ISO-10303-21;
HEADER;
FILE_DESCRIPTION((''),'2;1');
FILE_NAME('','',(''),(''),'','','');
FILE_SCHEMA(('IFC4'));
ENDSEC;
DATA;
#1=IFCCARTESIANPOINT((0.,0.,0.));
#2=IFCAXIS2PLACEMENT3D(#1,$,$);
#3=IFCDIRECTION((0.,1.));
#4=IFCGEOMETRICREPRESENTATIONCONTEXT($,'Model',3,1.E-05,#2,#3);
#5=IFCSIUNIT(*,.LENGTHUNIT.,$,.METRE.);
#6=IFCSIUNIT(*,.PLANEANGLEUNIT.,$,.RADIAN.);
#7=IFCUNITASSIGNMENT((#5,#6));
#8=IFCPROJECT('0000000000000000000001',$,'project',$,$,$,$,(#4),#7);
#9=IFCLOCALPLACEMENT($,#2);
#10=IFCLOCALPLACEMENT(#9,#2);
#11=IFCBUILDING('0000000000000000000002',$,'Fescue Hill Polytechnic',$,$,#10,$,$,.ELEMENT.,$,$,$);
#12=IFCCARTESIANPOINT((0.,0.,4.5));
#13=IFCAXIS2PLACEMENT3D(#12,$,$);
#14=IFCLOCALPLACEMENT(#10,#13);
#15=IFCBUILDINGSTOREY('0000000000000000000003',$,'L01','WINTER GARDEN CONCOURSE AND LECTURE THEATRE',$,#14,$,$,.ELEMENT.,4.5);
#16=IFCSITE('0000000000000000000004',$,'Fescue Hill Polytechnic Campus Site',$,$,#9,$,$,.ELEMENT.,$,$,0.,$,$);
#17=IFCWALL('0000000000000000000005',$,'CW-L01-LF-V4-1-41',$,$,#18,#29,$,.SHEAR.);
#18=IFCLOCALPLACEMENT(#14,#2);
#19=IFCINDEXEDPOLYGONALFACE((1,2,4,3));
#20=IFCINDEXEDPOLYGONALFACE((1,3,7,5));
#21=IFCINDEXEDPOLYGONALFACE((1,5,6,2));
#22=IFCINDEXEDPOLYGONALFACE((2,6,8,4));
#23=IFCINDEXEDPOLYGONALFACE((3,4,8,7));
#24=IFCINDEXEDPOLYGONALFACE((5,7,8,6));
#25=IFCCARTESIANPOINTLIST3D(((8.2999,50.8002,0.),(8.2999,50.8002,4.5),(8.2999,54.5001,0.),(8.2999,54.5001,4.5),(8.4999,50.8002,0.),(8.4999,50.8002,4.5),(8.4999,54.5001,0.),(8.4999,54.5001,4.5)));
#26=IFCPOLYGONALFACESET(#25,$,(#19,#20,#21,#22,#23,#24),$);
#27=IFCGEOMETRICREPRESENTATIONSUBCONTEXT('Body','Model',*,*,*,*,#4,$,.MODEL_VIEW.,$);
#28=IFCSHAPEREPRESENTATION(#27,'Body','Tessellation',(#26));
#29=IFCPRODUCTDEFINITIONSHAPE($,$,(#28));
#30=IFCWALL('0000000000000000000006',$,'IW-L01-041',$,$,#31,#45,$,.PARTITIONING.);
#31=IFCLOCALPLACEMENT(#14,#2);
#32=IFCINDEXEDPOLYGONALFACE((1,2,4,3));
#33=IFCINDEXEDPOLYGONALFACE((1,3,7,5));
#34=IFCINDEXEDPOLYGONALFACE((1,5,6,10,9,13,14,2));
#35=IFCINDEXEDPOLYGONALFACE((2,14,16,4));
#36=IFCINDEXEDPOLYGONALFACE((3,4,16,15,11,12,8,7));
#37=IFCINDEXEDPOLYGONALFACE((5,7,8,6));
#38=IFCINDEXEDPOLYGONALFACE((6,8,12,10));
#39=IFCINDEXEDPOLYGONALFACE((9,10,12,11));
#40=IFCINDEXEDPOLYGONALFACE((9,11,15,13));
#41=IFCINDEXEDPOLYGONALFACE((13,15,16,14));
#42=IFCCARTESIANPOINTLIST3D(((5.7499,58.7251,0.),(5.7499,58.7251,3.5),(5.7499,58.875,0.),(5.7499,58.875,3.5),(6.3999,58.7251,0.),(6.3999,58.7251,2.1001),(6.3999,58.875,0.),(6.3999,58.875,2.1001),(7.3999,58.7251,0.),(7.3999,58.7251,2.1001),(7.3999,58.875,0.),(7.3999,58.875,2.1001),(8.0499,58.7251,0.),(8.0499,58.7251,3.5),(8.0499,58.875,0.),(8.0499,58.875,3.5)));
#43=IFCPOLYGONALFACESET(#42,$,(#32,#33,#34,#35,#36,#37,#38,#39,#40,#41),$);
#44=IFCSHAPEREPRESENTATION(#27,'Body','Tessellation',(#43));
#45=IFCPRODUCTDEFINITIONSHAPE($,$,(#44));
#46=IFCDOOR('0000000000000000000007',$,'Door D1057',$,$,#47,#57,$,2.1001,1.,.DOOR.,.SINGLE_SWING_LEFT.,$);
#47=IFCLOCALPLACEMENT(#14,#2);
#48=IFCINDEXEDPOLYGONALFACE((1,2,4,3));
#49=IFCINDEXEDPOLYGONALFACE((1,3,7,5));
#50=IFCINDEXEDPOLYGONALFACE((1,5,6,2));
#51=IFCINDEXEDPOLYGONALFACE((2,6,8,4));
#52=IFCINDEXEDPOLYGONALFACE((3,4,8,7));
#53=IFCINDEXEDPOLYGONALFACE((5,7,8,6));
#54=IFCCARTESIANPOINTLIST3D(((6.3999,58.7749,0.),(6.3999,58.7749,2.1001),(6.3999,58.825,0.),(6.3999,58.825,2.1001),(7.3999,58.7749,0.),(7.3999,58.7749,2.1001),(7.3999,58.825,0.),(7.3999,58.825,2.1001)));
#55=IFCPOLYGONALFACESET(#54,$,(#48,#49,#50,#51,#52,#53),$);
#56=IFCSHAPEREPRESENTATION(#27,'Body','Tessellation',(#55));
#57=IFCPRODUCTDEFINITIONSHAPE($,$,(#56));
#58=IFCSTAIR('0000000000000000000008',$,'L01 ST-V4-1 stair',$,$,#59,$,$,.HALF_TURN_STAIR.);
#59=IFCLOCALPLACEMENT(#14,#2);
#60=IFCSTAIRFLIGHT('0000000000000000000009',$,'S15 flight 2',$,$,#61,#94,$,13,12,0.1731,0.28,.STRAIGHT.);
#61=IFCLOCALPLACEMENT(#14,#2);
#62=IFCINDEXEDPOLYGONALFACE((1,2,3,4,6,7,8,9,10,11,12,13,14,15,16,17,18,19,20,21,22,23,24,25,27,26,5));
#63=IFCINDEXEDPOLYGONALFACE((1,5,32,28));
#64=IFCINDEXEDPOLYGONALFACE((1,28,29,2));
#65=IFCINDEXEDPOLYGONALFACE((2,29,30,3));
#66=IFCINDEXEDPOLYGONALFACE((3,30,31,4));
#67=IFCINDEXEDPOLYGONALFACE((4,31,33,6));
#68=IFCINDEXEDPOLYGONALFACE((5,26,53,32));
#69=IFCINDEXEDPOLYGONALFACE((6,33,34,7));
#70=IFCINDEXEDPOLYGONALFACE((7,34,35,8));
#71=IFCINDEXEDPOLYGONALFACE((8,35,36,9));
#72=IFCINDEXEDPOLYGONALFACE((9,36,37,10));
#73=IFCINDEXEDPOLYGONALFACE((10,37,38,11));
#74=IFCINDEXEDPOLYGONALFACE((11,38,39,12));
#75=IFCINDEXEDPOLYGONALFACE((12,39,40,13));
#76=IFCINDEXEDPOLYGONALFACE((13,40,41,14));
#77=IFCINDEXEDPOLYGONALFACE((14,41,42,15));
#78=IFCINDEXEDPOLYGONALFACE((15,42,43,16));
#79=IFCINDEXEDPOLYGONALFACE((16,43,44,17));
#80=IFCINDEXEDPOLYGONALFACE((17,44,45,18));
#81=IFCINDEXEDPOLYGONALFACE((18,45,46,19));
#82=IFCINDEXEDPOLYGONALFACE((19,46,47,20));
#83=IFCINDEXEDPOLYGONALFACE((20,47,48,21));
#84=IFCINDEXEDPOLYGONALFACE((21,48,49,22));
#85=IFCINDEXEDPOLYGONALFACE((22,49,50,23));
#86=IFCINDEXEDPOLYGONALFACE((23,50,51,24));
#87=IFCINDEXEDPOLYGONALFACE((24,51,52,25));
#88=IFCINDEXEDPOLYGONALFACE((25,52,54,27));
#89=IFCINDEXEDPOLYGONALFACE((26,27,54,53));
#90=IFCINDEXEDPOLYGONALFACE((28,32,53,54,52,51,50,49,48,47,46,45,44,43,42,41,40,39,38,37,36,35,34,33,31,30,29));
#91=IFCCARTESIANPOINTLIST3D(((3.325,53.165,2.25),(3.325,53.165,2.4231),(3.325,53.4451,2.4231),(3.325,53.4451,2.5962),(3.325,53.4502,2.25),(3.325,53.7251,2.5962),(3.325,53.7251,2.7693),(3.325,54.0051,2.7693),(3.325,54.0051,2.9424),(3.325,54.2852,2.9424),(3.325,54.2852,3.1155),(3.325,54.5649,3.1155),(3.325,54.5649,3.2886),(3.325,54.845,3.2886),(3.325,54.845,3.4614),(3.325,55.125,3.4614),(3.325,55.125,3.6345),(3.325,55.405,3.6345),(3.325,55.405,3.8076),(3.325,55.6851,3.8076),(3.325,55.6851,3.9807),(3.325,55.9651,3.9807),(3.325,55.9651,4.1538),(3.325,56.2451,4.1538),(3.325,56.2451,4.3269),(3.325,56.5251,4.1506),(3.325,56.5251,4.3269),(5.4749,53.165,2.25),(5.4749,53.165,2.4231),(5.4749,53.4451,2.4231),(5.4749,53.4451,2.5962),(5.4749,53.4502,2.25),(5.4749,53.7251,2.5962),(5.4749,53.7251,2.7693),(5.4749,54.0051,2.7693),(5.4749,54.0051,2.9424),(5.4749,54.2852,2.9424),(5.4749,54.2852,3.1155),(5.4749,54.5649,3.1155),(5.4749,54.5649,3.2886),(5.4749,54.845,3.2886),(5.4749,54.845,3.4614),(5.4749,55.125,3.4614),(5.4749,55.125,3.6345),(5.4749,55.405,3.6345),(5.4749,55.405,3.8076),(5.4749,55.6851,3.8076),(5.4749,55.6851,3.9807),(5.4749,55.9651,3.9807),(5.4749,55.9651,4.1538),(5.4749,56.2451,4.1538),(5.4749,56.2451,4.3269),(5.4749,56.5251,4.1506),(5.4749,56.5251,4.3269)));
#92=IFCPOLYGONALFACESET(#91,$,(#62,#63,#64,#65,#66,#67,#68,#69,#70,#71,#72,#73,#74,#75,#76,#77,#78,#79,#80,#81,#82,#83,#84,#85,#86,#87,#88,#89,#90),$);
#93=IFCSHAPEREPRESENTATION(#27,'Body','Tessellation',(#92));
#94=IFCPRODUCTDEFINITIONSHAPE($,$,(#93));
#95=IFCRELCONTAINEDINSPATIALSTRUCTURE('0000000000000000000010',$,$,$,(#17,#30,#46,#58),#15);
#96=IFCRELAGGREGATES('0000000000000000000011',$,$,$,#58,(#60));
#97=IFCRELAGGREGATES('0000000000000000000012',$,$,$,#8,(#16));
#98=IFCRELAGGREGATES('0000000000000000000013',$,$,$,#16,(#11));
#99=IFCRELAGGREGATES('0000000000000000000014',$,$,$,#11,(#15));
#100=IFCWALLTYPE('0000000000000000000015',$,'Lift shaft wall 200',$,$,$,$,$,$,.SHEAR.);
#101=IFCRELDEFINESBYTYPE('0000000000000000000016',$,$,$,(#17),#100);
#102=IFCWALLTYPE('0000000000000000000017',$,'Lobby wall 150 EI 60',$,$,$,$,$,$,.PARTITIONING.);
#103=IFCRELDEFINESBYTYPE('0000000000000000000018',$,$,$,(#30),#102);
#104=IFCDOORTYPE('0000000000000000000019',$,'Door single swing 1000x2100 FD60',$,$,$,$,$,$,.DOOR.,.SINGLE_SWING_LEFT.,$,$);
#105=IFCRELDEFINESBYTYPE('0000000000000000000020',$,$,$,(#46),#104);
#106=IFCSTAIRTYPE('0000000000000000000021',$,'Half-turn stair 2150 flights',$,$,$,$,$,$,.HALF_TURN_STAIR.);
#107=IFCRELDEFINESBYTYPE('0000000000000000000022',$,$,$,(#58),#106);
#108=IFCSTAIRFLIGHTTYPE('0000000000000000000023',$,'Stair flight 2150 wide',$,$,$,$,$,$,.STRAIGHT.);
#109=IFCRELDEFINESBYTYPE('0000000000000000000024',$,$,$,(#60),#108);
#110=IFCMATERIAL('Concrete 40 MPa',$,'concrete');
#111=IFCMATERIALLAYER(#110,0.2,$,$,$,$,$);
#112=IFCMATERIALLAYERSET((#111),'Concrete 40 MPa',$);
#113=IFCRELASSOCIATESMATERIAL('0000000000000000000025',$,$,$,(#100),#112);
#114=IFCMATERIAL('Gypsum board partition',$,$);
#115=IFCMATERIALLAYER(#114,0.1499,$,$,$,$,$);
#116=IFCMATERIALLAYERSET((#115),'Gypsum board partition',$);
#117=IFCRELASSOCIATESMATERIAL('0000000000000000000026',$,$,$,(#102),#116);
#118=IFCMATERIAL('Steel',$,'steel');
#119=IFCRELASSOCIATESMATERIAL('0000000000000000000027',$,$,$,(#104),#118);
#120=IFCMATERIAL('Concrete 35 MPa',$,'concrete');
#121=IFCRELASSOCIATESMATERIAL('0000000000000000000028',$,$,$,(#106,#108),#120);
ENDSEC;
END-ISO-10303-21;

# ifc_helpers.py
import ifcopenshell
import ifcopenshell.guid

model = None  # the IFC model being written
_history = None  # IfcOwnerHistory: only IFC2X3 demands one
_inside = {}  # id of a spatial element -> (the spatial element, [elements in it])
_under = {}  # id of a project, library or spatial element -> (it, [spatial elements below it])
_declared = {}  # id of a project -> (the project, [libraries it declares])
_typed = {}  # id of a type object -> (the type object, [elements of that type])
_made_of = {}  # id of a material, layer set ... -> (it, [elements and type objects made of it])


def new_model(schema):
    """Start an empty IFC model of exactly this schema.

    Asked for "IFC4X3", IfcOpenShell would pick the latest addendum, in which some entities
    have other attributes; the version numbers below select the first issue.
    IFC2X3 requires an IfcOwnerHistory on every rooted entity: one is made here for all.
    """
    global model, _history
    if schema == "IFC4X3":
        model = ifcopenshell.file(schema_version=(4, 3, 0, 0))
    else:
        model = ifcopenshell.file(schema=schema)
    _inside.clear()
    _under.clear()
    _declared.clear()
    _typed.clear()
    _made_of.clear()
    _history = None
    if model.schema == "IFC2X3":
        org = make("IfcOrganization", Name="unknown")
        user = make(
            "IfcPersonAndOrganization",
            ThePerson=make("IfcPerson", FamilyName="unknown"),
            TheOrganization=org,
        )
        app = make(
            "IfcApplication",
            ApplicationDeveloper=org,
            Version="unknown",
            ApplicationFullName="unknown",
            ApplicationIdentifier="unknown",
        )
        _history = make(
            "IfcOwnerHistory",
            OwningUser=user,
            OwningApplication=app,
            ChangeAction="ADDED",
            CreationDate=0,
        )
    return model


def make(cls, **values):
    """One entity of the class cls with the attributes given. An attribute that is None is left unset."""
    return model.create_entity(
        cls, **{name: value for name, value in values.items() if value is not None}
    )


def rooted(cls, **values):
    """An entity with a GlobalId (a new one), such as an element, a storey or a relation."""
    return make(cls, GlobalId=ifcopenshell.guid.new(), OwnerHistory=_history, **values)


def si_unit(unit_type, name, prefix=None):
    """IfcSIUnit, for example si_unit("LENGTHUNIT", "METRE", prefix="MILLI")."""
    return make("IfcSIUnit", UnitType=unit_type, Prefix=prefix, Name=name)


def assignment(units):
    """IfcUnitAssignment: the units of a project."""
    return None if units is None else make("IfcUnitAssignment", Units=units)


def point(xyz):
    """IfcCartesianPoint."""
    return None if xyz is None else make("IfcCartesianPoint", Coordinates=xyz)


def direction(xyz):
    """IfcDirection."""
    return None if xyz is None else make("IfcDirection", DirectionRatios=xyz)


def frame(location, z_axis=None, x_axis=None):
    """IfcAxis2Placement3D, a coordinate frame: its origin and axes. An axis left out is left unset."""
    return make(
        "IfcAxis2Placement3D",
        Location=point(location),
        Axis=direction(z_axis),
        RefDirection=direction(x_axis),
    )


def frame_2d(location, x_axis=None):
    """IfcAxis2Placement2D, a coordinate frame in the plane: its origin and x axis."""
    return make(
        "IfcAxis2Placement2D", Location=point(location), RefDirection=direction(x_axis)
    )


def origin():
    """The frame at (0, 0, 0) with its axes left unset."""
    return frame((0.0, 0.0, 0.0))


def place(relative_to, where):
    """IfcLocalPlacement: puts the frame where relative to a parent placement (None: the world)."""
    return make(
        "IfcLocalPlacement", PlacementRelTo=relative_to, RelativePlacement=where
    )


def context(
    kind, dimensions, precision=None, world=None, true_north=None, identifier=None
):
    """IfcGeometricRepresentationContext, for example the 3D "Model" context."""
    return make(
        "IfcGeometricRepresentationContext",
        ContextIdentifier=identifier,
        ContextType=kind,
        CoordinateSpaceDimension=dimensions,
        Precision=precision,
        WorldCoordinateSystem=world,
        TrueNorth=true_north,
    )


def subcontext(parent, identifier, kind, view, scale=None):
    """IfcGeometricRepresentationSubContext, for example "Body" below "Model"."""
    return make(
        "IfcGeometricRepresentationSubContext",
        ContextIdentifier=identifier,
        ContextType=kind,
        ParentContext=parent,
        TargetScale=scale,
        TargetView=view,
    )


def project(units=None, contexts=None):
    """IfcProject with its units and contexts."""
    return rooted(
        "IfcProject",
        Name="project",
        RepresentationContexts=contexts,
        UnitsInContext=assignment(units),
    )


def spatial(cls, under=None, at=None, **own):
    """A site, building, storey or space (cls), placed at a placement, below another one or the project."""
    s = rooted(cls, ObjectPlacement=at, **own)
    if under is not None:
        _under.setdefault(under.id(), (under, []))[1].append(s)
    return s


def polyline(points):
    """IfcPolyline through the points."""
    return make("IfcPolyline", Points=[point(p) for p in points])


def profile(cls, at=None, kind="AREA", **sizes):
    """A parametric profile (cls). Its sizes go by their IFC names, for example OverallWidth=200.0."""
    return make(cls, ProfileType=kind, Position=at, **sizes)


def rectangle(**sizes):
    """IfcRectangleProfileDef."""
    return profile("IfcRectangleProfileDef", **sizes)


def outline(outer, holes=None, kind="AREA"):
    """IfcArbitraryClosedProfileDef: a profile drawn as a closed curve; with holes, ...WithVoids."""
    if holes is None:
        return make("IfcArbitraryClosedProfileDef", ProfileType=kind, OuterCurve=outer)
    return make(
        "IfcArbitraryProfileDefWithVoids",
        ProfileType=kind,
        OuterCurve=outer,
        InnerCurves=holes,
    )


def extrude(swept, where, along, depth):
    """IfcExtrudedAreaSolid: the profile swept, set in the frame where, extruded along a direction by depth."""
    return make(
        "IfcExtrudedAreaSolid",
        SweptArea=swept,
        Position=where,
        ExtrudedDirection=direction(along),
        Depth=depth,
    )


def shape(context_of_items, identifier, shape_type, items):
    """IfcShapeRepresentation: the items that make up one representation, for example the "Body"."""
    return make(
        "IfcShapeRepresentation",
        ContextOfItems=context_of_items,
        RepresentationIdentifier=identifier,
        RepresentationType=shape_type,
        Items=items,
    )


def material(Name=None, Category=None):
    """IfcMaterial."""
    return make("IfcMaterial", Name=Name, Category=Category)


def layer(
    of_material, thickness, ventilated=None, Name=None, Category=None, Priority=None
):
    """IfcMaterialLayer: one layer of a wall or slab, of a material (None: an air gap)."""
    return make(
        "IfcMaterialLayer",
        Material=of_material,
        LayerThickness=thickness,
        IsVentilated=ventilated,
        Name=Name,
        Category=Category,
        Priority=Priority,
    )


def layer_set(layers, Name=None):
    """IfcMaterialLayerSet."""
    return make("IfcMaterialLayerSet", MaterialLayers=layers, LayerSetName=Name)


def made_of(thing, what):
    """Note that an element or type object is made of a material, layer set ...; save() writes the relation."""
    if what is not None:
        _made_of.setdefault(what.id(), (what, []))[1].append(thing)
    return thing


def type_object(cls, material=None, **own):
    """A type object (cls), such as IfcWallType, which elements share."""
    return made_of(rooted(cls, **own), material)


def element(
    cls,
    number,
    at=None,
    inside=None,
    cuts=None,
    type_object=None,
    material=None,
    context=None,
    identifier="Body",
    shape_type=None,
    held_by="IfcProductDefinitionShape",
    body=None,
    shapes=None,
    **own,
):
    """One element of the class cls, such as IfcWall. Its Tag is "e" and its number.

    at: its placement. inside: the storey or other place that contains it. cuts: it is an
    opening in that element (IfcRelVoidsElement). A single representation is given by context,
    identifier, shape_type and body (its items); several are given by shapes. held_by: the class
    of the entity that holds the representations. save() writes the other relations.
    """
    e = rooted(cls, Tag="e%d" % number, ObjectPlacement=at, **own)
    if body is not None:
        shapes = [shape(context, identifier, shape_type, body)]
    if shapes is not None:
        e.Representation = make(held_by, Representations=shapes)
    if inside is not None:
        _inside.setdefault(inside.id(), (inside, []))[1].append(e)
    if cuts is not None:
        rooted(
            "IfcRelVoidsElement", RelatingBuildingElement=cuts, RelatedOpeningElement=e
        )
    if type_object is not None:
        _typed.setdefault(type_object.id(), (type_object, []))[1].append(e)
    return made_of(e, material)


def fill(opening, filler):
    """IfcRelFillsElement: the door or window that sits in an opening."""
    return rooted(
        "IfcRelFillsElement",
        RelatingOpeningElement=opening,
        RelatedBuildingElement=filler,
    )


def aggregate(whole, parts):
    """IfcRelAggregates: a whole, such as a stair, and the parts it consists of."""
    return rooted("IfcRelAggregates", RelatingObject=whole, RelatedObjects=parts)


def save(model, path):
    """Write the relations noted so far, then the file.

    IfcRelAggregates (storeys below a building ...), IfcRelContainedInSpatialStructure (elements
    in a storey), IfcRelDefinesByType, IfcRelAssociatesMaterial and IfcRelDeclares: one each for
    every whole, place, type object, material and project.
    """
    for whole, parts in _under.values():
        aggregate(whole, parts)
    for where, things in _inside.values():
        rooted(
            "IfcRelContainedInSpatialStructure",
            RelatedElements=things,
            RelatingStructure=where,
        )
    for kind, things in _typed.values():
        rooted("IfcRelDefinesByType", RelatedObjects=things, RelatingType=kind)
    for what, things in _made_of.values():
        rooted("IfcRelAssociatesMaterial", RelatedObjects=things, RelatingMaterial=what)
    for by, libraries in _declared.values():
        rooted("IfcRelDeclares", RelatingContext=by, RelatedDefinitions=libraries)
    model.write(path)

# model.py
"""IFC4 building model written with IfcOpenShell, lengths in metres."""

from ifc_helpers import new_model, si_unit, direction, frame, frame_2d, origin, place, context, subcontext, project, spatial, polyline, rectangle, outline, extrude, material, layer, layer_set, type_object, element, fill, aggregate, save


model = new_model("IFC4")

# Units and contexts
model_context = context("Model", 3, precision=1e-05, world=origin(), true_north=direction((0.0, 1.0)))
body_context = subcontext(model_context, "Body", "Model", "MODEL_VIEW")
ifc_project = project(units=[si_unit("LENGTHUNIT", "METRE"), si_unit("PLANEANGLEUNIT", "RADIAN")], contexts=[model_context])

# Site, building, storey
site_placement = place(None, origin())
site = spatial("IfcSite", under=ifc_project, at=site_placement, Name="Fescue Hill Polytechnic Campus Site", CompositionType="ELEMENT", RefElevation=0.0)
building_placement = place(site_placement, origin())
building = spatial("IfcBuilding", under=site, at=building_placement, Name="Fescue Hill Polytechnic", CompositionType="ELEMENT")
storey_placement = place(building_placement, frame((0.0, 0.0, 4.5)))
storey = spatial("IfcBuildingStorey", under=building, at=storey_placement, Name="L01", Description="WINTER GARDEN CONCOURSE AND LECTURE THEATRE", CompositionType="ELEMENT", Elevation=4.5)

# Shared definitions
ifc_material_1 = material(Name="Concrete 40 MPa", Category="concrete")

# Shared definitions
ifc_layer_1 = layer(ifc_material_1, 0.2)
ifc_layer_set_1 = layer_set([ifc_layer_1], Name="Concrete 40 MPa")
wall_type_1 = type_object("IfcWallType", Name="Lift shaft wall 200", PredefinedType="SHEAR", material=ifc_layer_set_1)

# Wall
wall_1_placement = place(storey_placement, frame((8.3999, 50.8, 0.0), z_axis=(0.0, 0.0, 1.0), x_axis=(0.0, 1.0, 0.0)))
element("IfcWall", 1, at=wall_1_placement, inside=storey, type_object=wall_type_1, Name="CW-L01-LF-V4-1-41", PredefinedType="SHEAR", context=body_context, shape_type="SweptSolid", body=[
    extrude(rectangle(XDim=3.7, YDim=0.2, at=frame_2d((1.8501, 0.0))), origin(), (0.0, 0.0, 1.0), 4.5),
])

# Wall, opening, door
ifc_material_2 = material(Name="Gypsum board partition")
ifc_layer_2 = layer(ifc_material_2, 0.1499)
ifc_layer_set_2 = layer_set([ifc_layer_2], Name="Gypsum board partition")
wall_type_2 = type_object("IfcWallType", Name="Lobby wall 150 EI 60", PredefinedType="PARTITIONING", material=ifc_layer_set_2)
wall_2_placement = place(storey_placement, frame((5.75, 58.8, 0.0), z_axis=(0.0, 0.0, 1.0), x_axis=(1.0, 0.0, 0.0)))
wall_2 = element("IfcWall", 2, at=wall_2_placement, inside=storey, type_object=wall_type_2, Name="IW-L01-041", PredefinedType="PARTITIONING", context=body_context, shape_type="SweptSolid", body=[
    extrude(rectangle(XDim=2.3, YDim=0.1499, at=frame_2d((1.1499, 0.0))), origin(), (0.0, 0.0, 1.0), 3.5),
])
opening_1_placement = place(wall_2_placement, frame((0.6499, 0.0, 0.0)))
opening_1 = element("IfcOpeningElement", 3, at=opening_1_placement, cuts=wall_2, PredefinedType="OPENING", context=body_context, shape_type="SweptSolid", body=[
    extrude(rectangle(XDim=1.0, YDim=2.1001, at=frame_2d((0.5, 1.05))), frame((0.0, 0.085, 0.0), z_axis=(0.0, -1.0, 0.0), x_axis=(1.0, 0.0, 0.0)), (0.0, 0.0, 1.0), 0.1699),
])
ifc_material_3 = material(Name="Steel", Category="steel")
door_type_1 = type_object("IfcDoorType", Name="Door single swing 1000x2100 FD60", OperationType="SINGLE_SWING_LEFT", PredefinedType="DOOR", material=ifc_material_3)
door_1_placement = place(opening_1_placement, origin())
door_1 = element("IfcDoor", 4, at=door_1_placement, inside=storey, type_object=door_type_1, Name="Door D1057", OperationType="SINGLE_SWING_LEFT", OverallHeight=2.1001, OverallWidth=1.0, PredefinedType="DOOR", context=body_context, shape_type="SweptSolid", body=[
    extrude(rectangle(XDim=1.0, YDim=2.1001, at=frame_2d((0.5, 1.05))), frame((0.0, 0.0249, 0.0), z_axis=(0.0, -1.0, 0.0), x_axis=(1.0, 0.0, 0.0)), (0.0, 0.0, 1.0), 0.05),
])
fill(opening_1, door_1)

# Stair, stair flight
ifc_material_4 = material(Name="Concrete 35 MPa", Category="concrete")
stair_type = type_object("IfcStairType", Name="Half-turn stair 2150 flights", PredefinedType="HALF_TURN_STAIR", material=ifc_material_4)
stair_placement = place(storey_placement, origin())
stair = element("IfcStair", 5, at=stair_placement, inside=storey, type_object=stair_type, Name="L01 ST-V4-1 stair", PredefinedType="HALF_TURN_STAIR")
stair_flight_type = type_object("IfcStairFlightType", Name="Stair flight 2150 wide", PredefinedType="STRAIGHT", material=ifc_material_4)
stair_flight_placement = place(storey_placement, frame((4.3999, 53.165, 2.25), z_axis=(0.0, 0.0, 1.0), x_axis=(0.0, 1.0, 0.0)))
stair_flight = element("IfcStairFlight", 6, at=stair_flight_placement, type_object=stair_flight_type, Name="S15 flight 2", NumberOfRisers=13, NumberOfTreads=12, PredefinedType="STRAIGHT", RiserHeight=0.1731, TreadLength=0.28, context=body_context, shape_type="SweptSolid", body=[
    extrude(outline(polyline([(0.0, 0.0), (0.0, 0.1731), (0.28, 0.1731), (0.28, 0.3462), (0.5601, 0.3462), (0.5601, 0.5193), (0.8401, 0.5193), (0.8401, 0.6924), (1.1201, 0.6924), (1.1201, 0.8655), (1.3999, 0.8655), (1.3999, 1.0386), (1.6799, 1.0386), (1.6799, 1.2114), (1.96, 1.2114), (1.96, 1.3845), (2.24, 1.3845), (2.24, 1.5576), (2.52, 1.5576), (2.52, 1.7307), (2.8, 1.7307), (2.8, 1.9038), (3.0801, 1.9038), (3.0801, 2.0769), (3.3601, 2.0769), (3.3601, 2.25), (3.3601, 1.9006), (0.2852, 0.0), (0.0, 0.0)])), frame((0.0, 1.075, 0.0), z_axis=(0.0, -1.0, 0.0), x_axis=(1.0, 0.0, 0.0)), (0.0, 0.0, 1.0), 2.1499),
])
aggregate(stair, [stair_flight])

save(model, "model.ifc")
